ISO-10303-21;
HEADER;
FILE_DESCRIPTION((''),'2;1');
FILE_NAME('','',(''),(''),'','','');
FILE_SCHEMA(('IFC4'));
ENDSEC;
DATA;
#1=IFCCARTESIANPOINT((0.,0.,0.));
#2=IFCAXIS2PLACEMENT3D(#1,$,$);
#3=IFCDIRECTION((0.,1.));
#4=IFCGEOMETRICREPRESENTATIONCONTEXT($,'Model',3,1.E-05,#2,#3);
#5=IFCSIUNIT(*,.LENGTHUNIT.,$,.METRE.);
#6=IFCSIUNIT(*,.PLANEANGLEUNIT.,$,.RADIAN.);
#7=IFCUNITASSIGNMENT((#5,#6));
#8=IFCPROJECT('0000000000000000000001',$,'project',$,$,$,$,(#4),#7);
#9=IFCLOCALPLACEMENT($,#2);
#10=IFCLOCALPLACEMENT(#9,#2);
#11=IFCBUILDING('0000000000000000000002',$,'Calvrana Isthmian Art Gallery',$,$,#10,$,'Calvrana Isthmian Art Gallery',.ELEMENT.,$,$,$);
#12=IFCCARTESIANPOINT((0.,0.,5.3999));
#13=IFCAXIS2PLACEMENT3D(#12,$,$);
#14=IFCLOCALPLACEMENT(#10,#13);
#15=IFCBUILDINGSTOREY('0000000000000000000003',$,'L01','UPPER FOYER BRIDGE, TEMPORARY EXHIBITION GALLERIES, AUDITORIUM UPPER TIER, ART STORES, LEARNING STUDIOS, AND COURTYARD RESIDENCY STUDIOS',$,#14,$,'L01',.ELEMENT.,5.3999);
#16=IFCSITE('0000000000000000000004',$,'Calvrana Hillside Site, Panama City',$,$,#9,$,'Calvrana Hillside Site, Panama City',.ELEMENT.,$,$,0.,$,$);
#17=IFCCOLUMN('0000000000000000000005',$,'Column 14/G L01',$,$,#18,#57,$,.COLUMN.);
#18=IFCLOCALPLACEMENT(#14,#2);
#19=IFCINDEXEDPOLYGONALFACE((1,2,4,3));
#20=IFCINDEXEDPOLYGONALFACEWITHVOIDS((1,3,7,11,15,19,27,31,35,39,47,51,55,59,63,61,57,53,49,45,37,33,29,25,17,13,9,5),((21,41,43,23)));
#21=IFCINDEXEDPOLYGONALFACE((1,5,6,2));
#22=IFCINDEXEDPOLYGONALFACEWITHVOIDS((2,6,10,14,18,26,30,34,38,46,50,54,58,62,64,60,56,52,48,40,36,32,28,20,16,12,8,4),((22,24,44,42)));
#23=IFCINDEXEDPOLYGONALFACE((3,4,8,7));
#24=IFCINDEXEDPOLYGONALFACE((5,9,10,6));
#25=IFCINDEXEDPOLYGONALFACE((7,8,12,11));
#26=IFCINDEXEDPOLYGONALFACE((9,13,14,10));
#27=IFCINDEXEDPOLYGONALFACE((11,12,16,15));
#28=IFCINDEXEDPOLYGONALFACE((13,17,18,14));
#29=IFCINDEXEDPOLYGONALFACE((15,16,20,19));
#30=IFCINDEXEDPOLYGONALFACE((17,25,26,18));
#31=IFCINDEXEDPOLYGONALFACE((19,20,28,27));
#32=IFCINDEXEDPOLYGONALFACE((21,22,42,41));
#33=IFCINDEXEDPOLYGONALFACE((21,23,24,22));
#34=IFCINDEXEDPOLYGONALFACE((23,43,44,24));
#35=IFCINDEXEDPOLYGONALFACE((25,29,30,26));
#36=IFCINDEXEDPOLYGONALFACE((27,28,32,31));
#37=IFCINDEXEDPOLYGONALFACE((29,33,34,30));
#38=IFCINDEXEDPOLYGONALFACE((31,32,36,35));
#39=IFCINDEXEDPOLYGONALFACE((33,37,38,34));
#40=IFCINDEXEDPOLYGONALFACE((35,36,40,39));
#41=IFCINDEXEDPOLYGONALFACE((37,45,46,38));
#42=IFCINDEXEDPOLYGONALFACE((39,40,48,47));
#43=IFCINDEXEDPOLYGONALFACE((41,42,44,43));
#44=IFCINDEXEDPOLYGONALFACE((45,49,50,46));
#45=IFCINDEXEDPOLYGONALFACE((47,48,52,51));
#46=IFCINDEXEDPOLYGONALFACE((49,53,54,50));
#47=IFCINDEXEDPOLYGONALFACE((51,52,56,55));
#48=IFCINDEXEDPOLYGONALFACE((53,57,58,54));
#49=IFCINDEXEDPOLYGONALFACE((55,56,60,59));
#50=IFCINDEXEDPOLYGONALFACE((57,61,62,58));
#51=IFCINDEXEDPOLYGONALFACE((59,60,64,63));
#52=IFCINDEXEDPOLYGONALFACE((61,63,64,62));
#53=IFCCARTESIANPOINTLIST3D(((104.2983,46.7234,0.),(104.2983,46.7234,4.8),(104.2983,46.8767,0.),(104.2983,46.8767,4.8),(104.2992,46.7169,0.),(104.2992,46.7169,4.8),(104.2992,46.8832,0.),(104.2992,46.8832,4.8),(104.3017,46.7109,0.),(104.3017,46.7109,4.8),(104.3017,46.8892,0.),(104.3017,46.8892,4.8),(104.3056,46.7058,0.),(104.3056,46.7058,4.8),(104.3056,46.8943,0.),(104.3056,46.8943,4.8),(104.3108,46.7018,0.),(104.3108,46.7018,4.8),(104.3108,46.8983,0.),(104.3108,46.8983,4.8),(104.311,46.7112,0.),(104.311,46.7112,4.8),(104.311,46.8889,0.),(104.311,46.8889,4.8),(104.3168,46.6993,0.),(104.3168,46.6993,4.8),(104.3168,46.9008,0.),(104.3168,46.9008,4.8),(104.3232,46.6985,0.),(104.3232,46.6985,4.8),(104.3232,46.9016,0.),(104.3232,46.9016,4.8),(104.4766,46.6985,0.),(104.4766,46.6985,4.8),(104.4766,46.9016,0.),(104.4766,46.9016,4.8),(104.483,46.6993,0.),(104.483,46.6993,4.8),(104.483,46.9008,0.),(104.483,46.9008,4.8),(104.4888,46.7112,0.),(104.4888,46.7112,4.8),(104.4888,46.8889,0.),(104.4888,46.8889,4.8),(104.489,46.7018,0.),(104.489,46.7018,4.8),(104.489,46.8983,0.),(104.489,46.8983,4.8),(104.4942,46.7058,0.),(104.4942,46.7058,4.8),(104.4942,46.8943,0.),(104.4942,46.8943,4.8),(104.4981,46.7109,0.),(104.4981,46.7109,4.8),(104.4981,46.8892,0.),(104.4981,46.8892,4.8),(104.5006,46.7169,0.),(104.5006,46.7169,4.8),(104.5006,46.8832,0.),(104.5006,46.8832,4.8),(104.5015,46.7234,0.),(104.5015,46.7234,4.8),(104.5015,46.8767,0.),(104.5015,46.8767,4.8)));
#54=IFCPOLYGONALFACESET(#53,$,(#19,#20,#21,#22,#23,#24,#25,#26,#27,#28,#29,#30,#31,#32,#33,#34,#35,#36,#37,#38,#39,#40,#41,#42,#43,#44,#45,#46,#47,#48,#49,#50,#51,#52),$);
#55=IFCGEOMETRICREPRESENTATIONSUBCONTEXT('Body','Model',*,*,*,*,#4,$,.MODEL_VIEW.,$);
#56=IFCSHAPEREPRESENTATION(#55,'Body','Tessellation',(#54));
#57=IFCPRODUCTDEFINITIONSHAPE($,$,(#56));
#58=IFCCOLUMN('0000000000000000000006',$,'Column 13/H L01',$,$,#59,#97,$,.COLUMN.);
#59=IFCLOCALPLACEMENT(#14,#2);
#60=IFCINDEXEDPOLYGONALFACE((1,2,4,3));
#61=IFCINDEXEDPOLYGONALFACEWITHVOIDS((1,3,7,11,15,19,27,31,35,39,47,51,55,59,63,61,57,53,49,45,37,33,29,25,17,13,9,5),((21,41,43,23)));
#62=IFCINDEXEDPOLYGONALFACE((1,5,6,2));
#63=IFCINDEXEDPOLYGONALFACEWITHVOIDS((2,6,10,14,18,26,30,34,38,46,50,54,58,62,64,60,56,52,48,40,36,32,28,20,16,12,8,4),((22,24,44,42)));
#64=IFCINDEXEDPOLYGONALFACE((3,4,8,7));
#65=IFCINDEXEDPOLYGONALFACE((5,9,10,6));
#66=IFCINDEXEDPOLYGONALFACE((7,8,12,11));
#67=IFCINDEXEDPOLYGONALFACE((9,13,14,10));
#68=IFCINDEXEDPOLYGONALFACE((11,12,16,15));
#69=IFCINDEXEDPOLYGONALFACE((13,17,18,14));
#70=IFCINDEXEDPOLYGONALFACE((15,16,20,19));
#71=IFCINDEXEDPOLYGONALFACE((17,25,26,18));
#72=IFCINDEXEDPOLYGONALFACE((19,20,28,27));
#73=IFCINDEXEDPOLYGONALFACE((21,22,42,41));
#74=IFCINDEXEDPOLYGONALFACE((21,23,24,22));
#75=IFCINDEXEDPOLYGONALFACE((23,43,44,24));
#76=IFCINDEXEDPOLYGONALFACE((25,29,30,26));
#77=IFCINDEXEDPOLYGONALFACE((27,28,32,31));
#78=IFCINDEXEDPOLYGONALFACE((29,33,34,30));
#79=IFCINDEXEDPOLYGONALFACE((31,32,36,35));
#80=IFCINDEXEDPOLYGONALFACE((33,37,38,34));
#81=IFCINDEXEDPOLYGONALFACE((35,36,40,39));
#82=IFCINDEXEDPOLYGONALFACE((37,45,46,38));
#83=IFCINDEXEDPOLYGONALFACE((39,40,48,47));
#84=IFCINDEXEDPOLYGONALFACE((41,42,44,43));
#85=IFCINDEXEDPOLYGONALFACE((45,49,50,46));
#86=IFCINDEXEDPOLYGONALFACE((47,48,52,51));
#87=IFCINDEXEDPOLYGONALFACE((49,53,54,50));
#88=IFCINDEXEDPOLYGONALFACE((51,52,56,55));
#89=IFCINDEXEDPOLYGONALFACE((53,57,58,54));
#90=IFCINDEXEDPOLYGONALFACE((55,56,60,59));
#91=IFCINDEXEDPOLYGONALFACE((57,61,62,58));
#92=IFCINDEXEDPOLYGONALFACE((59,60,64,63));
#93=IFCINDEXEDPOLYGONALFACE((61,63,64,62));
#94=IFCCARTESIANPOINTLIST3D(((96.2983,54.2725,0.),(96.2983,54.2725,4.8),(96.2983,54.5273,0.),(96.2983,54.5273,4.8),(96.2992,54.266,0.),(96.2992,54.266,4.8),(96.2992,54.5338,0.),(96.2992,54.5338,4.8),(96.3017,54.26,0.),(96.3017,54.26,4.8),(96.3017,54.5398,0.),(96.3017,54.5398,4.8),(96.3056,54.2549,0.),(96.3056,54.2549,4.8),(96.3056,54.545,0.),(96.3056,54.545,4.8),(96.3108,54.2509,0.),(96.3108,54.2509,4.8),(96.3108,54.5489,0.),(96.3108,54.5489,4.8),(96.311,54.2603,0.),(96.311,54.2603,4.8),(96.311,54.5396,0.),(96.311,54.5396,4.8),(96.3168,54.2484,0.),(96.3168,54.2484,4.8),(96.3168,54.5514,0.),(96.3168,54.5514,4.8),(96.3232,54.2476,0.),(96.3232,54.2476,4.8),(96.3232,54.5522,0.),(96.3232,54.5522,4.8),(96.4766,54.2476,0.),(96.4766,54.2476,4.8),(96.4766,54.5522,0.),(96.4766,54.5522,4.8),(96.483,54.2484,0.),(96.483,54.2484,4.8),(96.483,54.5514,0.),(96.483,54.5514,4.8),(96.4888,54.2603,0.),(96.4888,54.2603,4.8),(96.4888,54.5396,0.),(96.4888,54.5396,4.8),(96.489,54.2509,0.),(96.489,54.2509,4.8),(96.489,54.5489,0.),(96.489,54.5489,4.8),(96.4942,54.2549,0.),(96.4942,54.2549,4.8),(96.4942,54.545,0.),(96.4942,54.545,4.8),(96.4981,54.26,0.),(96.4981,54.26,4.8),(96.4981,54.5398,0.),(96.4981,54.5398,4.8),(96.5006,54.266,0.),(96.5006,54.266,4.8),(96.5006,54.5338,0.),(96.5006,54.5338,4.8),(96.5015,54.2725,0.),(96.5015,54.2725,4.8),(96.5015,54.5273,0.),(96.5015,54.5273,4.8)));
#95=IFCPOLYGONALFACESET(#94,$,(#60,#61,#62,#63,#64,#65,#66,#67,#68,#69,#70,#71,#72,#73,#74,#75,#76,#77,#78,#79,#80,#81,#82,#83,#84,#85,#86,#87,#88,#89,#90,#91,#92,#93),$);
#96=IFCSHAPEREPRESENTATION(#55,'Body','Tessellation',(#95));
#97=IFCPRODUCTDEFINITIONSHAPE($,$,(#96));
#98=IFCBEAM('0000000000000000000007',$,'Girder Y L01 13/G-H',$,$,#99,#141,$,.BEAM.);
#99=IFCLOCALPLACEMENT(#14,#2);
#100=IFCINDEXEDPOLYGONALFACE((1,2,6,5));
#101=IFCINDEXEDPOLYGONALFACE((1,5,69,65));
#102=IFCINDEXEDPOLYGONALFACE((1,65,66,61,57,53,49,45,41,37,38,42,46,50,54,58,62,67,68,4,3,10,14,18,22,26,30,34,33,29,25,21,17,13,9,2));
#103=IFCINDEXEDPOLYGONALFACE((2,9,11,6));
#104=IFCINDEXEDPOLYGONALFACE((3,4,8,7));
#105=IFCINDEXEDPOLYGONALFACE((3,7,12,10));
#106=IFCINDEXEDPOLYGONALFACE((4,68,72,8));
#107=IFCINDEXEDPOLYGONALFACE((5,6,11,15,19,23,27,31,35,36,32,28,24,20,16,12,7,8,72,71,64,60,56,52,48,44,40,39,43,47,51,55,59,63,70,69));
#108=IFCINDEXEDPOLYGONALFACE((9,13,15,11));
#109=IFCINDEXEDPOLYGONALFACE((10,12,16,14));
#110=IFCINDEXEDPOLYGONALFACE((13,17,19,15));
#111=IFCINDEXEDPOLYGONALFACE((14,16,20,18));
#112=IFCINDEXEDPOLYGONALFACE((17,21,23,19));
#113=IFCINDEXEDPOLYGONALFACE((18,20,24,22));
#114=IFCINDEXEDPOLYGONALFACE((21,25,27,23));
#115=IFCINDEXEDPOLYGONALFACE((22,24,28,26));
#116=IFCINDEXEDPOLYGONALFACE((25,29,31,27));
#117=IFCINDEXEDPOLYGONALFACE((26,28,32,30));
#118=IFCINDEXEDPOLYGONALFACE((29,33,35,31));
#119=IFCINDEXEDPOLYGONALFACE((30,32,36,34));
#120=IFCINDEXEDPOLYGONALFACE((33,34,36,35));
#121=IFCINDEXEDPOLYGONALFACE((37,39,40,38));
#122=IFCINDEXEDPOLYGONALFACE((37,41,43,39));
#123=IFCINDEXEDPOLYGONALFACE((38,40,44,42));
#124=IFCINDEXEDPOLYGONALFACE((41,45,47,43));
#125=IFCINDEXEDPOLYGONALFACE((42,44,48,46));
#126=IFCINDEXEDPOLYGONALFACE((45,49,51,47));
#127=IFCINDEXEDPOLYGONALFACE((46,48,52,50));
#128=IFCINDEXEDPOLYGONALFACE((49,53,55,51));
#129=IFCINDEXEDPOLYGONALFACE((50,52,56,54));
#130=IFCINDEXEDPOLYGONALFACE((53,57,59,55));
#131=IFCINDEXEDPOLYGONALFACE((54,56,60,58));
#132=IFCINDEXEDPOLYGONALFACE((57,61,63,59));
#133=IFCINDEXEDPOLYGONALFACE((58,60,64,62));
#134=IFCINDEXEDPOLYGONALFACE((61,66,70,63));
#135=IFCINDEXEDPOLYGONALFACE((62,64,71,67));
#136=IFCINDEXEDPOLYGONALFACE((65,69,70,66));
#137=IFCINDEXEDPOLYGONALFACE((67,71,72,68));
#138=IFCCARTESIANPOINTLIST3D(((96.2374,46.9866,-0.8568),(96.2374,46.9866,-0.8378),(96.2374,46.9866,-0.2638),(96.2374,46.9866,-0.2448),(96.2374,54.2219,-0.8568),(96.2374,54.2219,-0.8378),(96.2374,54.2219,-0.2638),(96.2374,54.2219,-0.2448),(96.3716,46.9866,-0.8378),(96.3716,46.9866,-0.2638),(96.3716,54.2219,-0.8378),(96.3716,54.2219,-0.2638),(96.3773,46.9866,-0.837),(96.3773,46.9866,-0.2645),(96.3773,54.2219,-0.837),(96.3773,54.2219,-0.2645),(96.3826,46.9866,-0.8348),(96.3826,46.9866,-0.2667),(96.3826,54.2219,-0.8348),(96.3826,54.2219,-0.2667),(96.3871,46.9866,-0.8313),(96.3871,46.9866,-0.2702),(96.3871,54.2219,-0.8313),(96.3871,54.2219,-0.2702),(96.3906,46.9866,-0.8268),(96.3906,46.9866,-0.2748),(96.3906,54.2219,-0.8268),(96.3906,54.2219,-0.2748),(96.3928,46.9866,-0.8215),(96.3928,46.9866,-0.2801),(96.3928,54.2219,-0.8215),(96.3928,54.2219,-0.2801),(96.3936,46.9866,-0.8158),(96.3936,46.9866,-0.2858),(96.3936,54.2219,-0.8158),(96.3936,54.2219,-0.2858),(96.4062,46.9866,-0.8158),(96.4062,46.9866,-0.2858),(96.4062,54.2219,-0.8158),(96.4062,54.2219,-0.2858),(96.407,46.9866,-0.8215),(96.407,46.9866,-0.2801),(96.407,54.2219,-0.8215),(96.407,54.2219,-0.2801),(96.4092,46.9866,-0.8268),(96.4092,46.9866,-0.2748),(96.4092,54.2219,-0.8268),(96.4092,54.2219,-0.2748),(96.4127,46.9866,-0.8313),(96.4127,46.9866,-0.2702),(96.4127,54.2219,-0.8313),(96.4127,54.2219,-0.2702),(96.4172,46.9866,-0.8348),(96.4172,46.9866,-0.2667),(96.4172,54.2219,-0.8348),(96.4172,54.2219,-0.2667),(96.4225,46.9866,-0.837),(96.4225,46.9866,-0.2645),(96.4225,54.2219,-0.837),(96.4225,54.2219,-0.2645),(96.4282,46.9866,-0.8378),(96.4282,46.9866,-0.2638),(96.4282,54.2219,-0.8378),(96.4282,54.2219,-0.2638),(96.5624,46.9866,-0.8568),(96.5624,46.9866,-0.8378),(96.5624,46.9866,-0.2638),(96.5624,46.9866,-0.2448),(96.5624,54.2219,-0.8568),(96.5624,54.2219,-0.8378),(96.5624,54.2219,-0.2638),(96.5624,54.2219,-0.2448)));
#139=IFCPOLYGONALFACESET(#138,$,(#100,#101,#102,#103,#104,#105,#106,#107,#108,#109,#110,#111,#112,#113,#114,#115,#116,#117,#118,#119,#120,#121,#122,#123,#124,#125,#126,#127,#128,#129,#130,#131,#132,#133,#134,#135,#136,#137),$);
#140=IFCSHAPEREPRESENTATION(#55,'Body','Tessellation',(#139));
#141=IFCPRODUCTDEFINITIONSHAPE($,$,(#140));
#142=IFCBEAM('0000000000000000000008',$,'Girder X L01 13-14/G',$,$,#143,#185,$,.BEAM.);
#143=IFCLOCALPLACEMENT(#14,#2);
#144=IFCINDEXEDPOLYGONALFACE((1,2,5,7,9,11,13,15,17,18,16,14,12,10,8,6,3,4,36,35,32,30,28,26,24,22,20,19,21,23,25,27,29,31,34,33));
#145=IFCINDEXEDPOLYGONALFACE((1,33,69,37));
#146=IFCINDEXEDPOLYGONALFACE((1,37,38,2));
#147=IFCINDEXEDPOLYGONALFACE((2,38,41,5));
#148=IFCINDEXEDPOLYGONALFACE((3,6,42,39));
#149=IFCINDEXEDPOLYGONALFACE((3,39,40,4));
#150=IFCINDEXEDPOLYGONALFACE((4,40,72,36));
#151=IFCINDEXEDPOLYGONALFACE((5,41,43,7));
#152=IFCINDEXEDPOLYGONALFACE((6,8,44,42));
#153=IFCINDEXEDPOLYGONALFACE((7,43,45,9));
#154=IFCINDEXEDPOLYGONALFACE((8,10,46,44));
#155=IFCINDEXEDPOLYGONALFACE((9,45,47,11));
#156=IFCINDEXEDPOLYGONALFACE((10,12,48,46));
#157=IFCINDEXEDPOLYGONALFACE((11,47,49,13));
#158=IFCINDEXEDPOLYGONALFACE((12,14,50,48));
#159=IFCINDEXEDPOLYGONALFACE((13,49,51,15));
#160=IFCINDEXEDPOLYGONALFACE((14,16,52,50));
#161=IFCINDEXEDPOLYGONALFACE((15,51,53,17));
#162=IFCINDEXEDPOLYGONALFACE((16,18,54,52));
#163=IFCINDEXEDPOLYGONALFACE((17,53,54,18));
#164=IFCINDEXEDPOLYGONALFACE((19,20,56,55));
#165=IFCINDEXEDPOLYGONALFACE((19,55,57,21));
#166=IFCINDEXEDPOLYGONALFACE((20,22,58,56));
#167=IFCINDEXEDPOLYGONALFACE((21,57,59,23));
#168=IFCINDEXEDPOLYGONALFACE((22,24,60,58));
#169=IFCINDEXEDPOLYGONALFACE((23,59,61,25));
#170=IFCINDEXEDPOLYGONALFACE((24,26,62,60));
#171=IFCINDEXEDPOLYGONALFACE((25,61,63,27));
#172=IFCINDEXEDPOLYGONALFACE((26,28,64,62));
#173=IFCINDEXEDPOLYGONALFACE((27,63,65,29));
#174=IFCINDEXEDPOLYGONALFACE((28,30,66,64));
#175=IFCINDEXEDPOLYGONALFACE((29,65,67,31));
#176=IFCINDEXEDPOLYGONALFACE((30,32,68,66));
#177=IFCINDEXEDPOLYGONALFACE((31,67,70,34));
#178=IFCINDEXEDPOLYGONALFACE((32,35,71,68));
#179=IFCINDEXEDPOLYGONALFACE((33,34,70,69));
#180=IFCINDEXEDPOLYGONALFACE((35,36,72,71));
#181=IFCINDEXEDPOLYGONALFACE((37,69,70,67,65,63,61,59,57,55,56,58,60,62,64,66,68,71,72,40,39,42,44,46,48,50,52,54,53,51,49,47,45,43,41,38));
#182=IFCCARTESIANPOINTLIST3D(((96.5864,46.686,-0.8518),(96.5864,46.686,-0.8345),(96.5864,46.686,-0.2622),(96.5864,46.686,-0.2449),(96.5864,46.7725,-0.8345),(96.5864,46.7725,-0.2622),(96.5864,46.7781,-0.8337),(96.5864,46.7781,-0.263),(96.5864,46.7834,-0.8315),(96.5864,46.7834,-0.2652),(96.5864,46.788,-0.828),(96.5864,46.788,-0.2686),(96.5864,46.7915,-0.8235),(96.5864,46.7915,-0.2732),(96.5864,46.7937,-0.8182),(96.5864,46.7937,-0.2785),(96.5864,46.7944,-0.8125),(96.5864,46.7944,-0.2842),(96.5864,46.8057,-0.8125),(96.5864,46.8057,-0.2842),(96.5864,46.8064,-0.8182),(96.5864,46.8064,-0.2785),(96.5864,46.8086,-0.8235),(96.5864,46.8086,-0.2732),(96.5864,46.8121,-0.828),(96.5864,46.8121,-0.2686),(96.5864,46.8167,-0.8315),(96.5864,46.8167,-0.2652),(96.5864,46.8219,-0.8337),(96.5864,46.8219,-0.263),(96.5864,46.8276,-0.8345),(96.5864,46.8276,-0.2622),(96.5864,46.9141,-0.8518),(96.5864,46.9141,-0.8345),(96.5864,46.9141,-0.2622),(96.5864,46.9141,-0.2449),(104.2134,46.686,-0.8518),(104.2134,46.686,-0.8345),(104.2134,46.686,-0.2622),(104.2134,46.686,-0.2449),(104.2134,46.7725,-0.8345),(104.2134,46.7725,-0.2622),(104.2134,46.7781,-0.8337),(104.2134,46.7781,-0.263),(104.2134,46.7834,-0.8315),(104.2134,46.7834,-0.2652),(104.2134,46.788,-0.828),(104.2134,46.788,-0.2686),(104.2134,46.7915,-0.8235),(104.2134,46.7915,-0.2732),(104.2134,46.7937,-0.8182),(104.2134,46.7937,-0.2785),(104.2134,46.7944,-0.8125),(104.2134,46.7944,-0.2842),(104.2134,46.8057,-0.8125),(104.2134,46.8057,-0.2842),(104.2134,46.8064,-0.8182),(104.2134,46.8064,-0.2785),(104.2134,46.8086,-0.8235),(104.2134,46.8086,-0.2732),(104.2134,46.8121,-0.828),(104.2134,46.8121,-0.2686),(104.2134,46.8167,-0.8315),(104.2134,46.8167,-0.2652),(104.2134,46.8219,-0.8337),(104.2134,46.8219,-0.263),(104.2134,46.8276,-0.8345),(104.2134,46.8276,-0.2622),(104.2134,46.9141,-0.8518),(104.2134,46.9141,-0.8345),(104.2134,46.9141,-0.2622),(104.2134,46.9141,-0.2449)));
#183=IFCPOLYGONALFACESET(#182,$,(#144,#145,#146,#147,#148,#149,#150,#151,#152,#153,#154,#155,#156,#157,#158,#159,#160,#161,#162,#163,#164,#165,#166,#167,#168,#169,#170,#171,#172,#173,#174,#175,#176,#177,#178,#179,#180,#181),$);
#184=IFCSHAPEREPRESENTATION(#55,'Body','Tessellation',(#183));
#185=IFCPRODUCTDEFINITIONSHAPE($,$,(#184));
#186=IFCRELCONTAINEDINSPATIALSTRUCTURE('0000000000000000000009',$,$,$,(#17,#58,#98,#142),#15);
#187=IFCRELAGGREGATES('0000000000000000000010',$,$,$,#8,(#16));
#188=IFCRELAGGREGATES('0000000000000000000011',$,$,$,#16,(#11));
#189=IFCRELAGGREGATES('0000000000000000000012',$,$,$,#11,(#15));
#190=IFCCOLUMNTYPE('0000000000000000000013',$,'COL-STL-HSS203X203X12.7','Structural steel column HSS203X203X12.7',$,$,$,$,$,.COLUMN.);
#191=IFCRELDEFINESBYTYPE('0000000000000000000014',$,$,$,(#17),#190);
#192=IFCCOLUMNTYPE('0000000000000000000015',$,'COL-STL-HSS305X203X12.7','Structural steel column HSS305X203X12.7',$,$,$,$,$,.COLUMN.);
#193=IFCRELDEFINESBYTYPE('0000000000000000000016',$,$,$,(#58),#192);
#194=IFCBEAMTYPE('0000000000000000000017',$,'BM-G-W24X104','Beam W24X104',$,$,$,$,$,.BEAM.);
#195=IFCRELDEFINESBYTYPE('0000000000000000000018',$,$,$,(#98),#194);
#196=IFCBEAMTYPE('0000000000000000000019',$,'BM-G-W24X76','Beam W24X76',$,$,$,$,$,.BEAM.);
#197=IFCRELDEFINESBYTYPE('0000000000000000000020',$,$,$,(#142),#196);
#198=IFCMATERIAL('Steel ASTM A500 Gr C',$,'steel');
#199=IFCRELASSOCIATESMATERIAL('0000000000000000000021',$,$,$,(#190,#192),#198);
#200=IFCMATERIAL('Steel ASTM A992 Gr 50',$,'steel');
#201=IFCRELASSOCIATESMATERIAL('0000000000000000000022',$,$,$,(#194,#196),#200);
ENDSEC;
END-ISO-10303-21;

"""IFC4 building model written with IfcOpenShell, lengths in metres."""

from ifc_helpers import new_model, si_unit, direction, frame, origin, origin_2d, place, context, subcontext, project, spatial, hollow_rectangle, i_section, extrude, material, material_profile, profile_set, type_object, element, save


model = new_model("IFC4")

# Units and contexts
model_context = context("Model", 3, precision=1e-05, world=origin(), true_north=direction((0.0, 1.0)))
body_context = subcontext(model_context, "Body", "Model", "MODEL_VIEW")
ifc_project = project(units=[si_unit("LENGTHUNIT", "METRE"), si_unit("PLANEANGLEUNIT", "RADIAN")], contexts=[model_context])

# Site, building, storey
site_placement = place(None, origin())
site = spatial("IfcSite", under=ifc_project, at=site_placement, Name="Calvrana Hillside Site, Panama City", LongName="Calvrana Hillside Site, Panama City", CompositionType="ELEMENT", RefElevation=0.0)
building_placement = place(site_placement, origin())
building = spatial("IfcBuilding", under=site, at=building_placement, Name="Calvrana Isthmian Art Gallery", LongName="Calvrana Isthmian Art Gallery", CompositionType="ELEMENT")
storey_placement = place(building_placement, frame((0.0, 0.0, 5.3999)))
storey = spatial("IfcBuildingStorey", under=building, at=storey_placement, Name="L01", Description="UPPER FOYER BRIDGE, TEMPORARY EXHIBITION GALLERIES, AUDITORIUM UPPER TIER, ART STORES, LEARNING STUDIOS, AND COURTYARD RESIDENCY STUDIOS", LongName="L01", CompositionType="ELEMENT", Elevation=5.3999)

# Columns
ifc_material_1 = material(Name="Steel ASTM A500 Gr C", Category="steel")
ifc_material_profile_1 = material_profile(ifc_material_1, hollow_rectangle(XDim=0.2031, YDim=0.2031, WallThickness=0.0127, OuterFilletRadius=0.0249, at=origin_2d()), Name="HSS203X203X12.7")
ifc_profile_set_1 = profile_set([ifc_material_profile_1], Name="Steel ASTM A500 Gr C")
column_type_1 = type_object("IfcColumnType", Name="COL-STL-HSS203X203X12.7", Description="Structural steel column HSS203X203X12.7", PredefinedType="COLUMN", material=ifc_profile_set_1)
column_1_placement = place(storey_placement, frame((104.3999, 46.8, 0.0), z_axis=(0.0, 0.0, 1.0), x_axis=(1.0, 0.0, 0.0)))
element("IfcColumn", 1, at=column_1_placement, inside=storey, type_object=column_type_1, Name="Column 14/G L01", PredefinedType="COLUMN", context=body_context, shape_type="SweptSolid", body=[
    extrude(hollow_rectangle(XDim=0.2031, YDim=0.2031, WallThickness=0.0127, OuterFilletRadius=0.0249, at=origin_2d()), origin(), (0.0, 0.0, 1.0), 4.8),
])
ifc_material_profile_2 = material_profile(ifc_material_1, hollow_rectangle(XDim=0.2031, YDim=0.3047, WallThickness=0.0127, OuterFilletRadius=0.0249, at=origin_2d()), Name="HSS305X203X12.7")
ifc_profile_set_2 = profile_set([ifc_material_profile_2], Name="Steel ASTM A500 Gr C")
column_type_2 = type_object("IfcColumnType", Name="COL-STL-HSS305X203X12.7", Description="Structural steel column HSS305X203X12.7", PredefinedType="COLUMN", material=ifc_profile_set_2)
column_2_placement = place(storey_placement, frame((96.3999, 54.3999, 0.0), z_axis=(0.0, 0.0, 1.0), x_axis=(1.0, 0.0, 0.0)))
element("IfcColumn", 2, at=column_2_placement, inside=storey, type_object=column_type_2, Name="Column 13/H L01", PredefinedType="COLUMN", context=body_context, shape_type="SweptSolid", body=[
    extrude(hollow_rectangle(XDim=0.2031, YDim=0.3047, WallThickness=0.0127, OuterFilletRadius=0.0249, at=origin_2d()), origin(), (0.0, 0.0, 1.0), 4.8),
])

# Beams
ifc_material_2 = material(Name="Steel ASTM A992 Gr 50", Category="steel")
ifc_material_profile_3 = material_profile(ifc_material_2, i_section(OverallWidth=0.325, OverallDepth=0.6121, WebThickness=0.0127, FlangeThickness=0.019, FilletRadius=0.022, at=origin_2d()), Name="W24X104")
ifc_profile_set_3 = profile_set([ifc_material_profile_3], Name="Steel ASTM A992 Gr 50")
beam_type_1 = type_object("IfcBeamType", Name="BM-G-W24X104", Description="Beam W24X104", PredefinedType="BEAM", material=ifc_profile_set_3)
beam_1_placement = place(storey_placement, frame((96.3999, 46.9866, -0.5508), z_axis=(0.0, 1.0, 0.0), x_axis=(-1.0, 0.0, 0.0)))
element("IfcBeam", 3, at=beam_1_placement, inside=storey, type_object=beam_type_1, Name="Girder Y L01 13/G-H", PredefinedType="BEAM", context=body_context, shape_type="SweptSolid", body=[
    extrude(i_section(OverallWidth=0.325, OverallDepth=0.6121, WebThickness=0.0127, FlangeThickness=0.019, FilletRadius=0.022, at=origin_2d()), origin(), (0.0, 0.0, 1.0), 7.2354),
])
ifc_material_profile_4 = material_profile(ifc_material_2, i_section(OverallWidth=0.228, OverallDepth=0.6069, WebThickness=0.0112, FlangeThickness=0.0173, FilletRadius=0.022, at=origin_2d()), Name="W24X76")
ifc_profile_set_4 = profile_set([ifc_material_profile_4], Name="Steel ASTM A992 Gr 50")
beam_type_2 = type_object("IfcBeamType", Name="BM-G-W24X76", Description="Beam W24X76", PredefinedType="BEAM", material=ifc_profile_set_4)
beam_2_placement = place(storey_placement, frame((96.5864, 46.8, -0.5483), z_axis=(1.0, 0.0, 0.0), x_axis=(0.0, 1.0, 0.0)))
element("IfcBeam", 4, at=beam_2_placement, inside=storey, type_object=beam_type_2, Name="Girder X L01 13-14/G", PredefinedType="BEAM", context=body_context, shape_type="SweptSolid", body=[
    extrude(i_section(OverallWidth=0.228, OverallDepth=0.6069, WebThickness=0.0112, FlangeThickness=0.0173, FilletRadius=0.022, at=origin_2d()), origin(), (0.0, 0.0, 1.0), 7.627),
])

save(model, "model.ifc")
